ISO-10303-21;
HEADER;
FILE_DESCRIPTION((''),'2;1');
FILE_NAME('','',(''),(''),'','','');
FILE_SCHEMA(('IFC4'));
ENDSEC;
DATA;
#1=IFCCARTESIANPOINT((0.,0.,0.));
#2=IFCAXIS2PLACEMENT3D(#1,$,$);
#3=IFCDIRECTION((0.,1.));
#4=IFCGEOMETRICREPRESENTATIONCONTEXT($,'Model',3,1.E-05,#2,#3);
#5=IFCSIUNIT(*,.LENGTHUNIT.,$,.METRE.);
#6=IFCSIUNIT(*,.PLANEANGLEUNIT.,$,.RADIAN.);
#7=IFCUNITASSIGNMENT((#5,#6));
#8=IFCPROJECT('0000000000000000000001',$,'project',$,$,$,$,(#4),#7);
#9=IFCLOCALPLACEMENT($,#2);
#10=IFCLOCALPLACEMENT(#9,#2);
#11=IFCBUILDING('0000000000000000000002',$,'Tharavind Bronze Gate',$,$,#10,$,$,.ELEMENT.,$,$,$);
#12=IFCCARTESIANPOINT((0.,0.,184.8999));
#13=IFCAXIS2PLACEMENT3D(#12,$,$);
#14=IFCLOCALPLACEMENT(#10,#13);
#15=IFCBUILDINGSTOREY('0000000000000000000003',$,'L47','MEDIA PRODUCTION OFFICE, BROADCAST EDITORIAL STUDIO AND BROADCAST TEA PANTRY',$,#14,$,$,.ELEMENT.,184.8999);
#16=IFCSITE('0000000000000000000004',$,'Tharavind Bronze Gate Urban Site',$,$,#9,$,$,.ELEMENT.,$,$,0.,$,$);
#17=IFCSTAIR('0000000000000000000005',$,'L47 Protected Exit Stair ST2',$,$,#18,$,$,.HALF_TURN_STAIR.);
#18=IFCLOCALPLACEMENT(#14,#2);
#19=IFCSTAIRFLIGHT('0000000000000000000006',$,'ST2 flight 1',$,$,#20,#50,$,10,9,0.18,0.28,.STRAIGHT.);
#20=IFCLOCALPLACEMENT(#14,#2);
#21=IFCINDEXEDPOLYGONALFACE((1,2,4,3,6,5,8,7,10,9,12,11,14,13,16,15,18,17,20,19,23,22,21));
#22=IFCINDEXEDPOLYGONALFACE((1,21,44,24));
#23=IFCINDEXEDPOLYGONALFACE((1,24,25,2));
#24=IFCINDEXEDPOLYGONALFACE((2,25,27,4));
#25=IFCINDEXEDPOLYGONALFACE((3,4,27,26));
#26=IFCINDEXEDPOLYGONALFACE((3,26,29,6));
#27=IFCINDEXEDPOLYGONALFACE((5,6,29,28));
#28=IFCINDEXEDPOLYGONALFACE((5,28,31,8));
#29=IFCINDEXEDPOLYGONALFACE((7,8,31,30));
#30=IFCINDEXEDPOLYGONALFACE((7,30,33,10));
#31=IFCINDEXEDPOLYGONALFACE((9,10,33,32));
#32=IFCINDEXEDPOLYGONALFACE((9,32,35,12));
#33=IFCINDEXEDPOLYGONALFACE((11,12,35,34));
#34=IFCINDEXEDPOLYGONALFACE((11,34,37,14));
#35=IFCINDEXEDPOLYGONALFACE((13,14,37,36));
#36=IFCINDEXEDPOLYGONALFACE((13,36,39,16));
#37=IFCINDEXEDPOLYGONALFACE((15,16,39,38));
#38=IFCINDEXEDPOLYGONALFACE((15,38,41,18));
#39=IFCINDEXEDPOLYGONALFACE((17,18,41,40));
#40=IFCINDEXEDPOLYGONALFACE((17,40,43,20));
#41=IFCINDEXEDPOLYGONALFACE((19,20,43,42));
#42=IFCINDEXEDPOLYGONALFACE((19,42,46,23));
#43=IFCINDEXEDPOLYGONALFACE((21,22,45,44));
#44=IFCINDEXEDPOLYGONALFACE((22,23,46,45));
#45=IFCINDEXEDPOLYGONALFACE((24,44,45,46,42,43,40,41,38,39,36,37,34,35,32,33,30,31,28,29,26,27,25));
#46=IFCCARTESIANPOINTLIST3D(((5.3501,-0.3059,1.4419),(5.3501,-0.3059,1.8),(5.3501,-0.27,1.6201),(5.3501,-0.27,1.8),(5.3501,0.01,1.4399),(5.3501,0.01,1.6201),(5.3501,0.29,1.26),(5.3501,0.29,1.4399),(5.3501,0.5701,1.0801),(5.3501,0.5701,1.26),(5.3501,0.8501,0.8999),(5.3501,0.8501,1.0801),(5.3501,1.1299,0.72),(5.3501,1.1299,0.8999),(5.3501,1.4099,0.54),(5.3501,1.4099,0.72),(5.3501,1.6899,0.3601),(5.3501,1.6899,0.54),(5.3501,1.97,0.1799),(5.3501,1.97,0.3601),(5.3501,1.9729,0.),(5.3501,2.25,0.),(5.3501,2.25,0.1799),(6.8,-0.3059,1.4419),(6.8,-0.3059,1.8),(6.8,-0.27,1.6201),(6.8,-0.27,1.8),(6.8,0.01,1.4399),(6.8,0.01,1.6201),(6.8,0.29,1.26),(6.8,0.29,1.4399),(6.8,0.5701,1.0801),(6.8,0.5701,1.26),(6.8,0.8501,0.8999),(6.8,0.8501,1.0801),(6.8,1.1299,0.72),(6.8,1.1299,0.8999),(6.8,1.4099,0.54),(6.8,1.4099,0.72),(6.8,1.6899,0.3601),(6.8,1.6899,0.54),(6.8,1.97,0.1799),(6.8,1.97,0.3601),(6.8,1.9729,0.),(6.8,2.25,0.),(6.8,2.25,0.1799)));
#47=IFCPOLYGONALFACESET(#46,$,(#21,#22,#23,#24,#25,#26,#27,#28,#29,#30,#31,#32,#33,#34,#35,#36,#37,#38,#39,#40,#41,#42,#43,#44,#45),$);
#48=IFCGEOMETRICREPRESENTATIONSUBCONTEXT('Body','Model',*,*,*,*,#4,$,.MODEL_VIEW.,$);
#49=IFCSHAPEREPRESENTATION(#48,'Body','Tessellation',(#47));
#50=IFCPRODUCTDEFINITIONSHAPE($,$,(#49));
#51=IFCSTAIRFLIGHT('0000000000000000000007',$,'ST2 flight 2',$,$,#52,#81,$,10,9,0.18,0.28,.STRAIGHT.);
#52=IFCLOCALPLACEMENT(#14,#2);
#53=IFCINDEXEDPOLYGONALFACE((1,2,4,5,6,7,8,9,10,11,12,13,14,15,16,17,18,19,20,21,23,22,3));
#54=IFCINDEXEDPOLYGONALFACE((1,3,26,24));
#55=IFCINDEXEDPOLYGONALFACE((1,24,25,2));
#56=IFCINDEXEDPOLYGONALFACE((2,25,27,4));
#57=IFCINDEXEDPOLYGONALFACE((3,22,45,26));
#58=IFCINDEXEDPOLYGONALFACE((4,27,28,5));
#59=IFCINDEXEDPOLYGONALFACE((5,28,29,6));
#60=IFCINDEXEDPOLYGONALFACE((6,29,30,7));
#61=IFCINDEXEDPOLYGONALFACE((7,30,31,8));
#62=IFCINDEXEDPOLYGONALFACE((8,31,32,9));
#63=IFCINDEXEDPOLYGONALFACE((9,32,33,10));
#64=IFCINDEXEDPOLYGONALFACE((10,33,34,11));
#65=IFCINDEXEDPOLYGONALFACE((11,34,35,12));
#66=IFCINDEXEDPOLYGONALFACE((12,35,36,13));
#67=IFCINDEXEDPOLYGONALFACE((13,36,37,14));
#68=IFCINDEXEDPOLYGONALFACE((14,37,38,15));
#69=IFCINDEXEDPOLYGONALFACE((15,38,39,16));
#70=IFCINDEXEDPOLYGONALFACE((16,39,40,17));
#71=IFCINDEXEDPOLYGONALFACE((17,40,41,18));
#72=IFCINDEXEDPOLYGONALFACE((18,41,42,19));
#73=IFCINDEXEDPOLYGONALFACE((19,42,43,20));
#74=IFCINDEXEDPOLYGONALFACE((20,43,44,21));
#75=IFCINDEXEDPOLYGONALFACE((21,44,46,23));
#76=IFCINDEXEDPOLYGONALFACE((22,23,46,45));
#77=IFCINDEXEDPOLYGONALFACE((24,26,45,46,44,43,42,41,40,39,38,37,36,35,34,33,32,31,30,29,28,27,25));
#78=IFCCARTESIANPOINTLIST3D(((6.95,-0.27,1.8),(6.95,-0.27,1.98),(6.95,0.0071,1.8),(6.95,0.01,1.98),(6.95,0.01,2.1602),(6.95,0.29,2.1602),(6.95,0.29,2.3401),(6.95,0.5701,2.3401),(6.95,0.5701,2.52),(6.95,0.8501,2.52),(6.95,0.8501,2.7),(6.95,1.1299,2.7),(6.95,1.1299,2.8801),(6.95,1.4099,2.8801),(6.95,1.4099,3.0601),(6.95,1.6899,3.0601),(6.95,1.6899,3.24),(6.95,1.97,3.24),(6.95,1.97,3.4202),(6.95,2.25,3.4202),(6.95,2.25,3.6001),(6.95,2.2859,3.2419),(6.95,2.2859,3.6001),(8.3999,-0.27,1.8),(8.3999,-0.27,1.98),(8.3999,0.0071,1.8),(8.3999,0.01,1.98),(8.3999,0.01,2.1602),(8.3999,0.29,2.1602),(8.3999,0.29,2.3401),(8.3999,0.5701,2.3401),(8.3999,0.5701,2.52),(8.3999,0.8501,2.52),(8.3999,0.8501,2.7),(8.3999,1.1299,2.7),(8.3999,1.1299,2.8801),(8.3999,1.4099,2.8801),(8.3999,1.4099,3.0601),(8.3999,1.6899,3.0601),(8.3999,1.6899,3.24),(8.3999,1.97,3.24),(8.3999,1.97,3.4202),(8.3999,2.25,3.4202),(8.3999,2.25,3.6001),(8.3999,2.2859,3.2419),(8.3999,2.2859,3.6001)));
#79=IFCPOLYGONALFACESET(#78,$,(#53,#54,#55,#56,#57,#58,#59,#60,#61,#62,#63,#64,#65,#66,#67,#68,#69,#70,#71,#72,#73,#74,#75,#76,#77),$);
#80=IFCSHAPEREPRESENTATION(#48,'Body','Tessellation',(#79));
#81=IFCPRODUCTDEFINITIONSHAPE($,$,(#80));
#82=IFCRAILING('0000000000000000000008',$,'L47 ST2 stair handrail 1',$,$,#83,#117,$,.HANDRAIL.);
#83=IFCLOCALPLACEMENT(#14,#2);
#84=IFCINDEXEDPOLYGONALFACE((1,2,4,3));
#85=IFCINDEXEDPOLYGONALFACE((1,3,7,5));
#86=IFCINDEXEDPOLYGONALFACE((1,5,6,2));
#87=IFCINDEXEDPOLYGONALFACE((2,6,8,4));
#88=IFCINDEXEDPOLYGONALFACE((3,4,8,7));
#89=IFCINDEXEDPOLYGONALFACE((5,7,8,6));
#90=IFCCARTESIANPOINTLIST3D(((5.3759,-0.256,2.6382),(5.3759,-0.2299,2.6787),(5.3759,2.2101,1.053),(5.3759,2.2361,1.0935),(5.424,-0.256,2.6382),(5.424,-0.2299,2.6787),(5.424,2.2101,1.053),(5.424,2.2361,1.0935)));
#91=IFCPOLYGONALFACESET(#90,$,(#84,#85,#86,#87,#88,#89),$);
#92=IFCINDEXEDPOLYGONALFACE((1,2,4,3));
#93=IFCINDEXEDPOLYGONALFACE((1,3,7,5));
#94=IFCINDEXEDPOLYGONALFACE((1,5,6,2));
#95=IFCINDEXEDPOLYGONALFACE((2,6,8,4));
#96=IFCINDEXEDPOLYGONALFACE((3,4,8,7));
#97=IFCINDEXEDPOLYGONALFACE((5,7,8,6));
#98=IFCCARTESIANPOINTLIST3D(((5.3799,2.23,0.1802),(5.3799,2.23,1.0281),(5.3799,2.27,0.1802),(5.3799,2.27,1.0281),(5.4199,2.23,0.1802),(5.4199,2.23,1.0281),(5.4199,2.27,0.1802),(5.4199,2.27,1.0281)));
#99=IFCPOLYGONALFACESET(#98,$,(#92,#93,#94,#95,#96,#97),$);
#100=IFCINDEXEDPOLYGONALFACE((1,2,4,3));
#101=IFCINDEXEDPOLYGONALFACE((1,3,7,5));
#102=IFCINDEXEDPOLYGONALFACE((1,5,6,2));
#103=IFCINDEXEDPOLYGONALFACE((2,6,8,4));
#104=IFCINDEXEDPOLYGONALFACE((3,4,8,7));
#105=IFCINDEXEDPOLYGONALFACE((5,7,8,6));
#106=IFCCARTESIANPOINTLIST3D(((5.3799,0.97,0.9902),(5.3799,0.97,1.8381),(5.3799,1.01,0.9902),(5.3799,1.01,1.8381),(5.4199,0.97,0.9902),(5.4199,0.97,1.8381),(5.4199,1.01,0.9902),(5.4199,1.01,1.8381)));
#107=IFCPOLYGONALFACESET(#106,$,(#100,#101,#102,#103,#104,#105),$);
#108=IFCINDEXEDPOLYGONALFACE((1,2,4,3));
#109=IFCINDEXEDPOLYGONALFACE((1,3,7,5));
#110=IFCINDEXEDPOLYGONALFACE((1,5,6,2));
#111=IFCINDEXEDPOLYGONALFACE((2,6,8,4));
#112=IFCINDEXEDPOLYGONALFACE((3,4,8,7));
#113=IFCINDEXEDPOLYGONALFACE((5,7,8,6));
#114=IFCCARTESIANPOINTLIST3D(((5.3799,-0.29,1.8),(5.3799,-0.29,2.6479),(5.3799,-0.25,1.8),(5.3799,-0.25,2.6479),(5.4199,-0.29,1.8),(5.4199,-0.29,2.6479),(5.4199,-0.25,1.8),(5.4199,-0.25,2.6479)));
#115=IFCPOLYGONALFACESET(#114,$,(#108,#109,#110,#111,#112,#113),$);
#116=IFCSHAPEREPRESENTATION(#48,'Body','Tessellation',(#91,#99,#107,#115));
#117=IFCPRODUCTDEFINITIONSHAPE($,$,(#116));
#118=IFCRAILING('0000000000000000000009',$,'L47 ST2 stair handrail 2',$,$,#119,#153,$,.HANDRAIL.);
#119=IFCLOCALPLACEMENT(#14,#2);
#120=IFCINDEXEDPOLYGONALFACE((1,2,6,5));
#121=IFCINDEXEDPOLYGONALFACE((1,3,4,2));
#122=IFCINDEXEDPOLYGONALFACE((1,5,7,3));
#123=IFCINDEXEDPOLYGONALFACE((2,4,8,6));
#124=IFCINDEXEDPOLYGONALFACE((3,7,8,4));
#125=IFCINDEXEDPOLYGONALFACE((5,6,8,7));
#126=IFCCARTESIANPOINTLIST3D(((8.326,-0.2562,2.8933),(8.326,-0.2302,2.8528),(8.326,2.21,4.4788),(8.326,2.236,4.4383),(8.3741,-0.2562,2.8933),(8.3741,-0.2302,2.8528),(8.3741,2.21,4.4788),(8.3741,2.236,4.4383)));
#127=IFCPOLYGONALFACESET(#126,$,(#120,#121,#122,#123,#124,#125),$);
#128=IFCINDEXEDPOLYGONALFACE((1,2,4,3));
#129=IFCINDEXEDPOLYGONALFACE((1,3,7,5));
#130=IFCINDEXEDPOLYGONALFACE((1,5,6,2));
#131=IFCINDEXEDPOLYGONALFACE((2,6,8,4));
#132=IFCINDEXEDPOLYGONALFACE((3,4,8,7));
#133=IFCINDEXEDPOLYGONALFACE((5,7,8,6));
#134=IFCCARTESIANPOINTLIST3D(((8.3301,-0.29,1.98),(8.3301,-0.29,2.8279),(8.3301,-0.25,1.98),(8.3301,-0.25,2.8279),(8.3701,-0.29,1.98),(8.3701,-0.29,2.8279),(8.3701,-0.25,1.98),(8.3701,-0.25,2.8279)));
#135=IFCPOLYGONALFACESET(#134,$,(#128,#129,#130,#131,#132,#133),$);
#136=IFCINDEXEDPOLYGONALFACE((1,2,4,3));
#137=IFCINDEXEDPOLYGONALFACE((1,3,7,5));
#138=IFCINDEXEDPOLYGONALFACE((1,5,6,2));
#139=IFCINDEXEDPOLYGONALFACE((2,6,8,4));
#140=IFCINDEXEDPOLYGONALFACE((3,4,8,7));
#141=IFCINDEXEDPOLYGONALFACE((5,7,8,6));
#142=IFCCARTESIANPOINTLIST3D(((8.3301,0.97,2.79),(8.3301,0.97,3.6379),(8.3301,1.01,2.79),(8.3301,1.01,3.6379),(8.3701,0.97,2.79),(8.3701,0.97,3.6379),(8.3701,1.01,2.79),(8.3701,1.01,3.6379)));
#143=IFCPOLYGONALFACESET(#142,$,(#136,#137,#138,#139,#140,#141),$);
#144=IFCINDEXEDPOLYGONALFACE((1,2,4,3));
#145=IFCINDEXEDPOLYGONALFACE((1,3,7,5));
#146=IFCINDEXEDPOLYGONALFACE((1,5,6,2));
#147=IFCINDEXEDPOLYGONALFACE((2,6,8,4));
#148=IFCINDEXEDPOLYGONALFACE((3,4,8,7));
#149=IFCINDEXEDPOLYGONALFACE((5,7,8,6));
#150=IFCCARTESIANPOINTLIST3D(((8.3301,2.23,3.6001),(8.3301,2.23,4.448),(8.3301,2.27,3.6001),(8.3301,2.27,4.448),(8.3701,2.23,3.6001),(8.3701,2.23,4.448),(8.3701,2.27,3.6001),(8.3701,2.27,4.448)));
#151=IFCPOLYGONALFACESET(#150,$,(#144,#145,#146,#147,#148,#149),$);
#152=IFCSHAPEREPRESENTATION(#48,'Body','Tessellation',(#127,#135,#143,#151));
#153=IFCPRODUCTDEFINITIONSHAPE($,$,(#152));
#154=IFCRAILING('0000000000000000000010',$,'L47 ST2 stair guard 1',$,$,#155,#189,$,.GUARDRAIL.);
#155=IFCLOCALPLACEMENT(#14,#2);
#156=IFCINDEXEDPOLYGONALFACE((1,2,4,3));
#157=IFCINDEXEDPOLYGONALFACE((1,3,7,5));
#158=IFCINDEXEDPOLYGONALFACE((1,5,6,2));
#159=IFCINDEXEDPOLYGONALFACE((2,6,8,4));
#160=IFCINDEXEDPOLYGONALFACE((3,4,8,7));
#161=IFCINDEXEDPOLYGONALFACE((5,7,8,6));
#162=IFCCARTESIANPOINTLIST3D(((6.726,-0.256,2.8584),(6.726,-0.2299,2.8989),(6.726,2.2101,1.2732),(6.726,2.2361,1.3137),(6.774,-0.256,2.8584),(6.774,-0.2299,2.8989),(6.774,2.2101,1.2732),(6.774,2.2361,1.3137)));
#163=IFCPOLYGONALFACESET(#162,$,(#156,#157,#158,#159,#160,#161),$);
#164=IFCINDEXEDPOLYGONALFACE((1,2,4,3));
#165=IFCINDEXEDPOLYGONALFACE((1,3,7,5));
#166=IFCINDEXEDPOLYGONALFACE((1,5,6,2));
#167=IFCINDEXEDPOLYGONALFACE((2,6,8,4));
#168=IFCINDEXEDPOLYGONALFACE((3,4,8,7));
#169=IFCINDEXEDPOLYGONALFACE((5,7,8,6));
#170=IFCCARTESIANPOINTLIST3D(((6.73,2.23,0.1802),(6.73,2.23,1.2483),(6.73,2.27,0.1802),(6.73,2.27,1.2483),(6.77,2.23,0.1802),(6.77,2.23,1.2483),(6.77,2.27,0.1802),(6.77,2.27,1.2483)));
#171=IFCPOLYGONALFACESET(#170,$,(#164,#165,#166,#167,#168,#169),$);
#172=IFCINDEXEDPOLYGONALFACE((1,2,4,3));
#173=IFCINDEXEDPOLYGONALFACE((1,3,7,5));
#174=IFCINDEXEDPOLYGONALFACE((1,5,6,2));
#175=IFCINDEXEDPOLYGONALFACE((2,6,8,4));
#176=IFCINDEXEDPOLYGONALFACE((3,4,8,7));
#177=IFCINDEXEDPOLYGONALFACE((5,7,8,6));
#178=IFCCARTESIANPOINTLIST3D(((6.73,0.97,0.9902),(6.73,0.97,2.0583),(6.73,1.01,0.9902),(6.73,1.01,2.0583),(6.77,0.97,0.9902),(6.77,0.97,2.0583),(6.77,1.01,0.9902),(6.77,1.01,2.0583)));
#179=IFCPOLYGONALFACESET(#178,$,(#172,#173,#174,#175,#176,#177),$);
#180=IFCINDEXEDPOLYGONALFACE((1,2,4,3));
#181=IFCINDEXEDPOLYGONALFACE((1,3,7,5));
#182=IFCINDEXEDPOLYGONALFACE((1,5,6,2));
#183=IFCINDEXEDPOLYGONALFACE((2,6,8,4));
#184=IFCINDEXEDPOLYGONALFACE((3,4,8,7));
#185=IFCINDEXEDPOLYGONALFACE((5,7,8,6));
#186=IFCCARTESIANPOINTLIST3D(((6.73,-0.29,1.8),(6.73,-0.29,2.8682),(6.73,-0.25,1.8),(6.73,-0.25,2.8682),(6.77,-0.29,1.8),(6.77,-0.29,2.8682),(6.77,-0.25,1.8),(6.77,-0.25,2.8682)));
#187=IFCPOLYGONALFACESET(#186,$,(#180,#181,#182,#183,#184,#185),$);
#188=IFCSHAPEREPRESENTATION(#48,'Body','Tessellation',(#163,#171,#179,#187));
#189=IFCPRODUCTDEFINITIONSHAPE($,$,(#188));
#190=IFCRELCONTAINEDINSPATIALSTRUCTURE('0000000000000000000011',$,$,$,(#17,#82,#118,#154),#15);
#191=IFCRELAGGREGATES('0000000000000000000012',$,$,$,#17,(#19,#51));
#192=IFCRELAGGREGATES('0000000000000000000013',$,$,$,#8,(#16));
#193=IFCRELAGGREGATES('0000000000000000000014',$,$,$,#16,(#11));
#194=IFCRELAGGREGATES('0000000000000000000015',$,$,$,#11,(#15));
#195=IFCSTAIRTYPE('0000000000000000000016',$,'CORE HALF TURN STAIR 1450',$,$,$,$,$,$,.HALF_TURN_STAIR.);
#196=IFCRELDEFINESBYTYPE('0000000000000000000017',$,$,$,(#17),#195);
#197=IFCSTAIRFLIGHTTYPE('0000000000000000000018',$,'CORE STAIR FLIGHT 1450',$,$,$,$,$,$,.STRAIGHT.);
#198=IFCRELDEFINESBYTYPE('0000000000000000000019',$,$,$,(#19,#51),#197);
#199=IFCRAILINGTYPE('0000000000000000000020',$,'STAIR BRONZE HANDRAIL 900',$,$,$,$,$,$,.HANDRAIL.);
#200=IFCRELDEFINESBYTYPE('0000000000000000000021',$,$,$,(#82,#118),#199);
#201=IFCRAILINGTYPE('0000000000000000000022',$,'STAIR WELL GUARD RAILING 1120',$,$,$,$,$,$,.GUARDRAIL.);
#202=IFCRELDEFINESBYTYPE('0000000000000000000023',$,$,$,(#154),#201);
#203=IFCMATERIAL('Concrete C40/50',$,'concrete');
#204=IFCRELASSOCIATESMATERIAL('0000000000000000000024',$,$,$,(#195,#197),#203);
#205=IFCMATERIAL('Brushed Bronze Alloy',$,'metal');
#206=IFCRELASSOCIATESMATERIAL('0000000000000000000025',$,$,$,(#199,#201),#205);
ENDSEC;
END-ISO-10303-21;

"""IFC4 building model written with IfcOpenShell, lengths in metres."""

from ifc_helpers import new_model, si_unit, direction, frame, origin, origin_2d, place, context, subcontext, project, spatial, polyline, rectangle, outline, extrude, material, type_object, element, aggregate, save


model = new_model("IFC4")

# Units and contexts
model_context = context("Model", 3, precision=1e-05, world=origin(), true_north=direction((0.0, 1.0)))
body_context = subcontext(model_context, "Body", "Model", "MODEL_VIEW")
ifc_project = project(units=[si_unit("LENGTHUNIT", "METRE"), si_unit("PLANEANGLEUNIT", "RADIAN")], contexts=[model_context])

# Site, building, storey
site_placement = place(None, origin())
site = spatial("IfcSite", under=ifc_project, at=site_placement, Name="Tharavind Bronze Gate Urban Site", CompositionType="ELEMENT", RefElevation=0.0)
building_placement = place(site_placement, origin())
building = spatial("IfcBuilding", under=site, at=building_placement, Name="Tharavind Bronze Gate", CompositionType="ELEMENT")
storey_placement = place(building_placement, frame((0.0, 0.0, 184.8999)))
storey = spatial("IfcBuildingStorey", under=building, at=storey_placement, Name="L47", Description="MEDIA PRODUCTION OFFICE, BROADCAST EDITORIAL STUDIO AND BROADCAST TEA PANTRY", CompositionType="ELEMENT", Elevation=184.8999)

# Stair, stair flights
ifc_material_1 = material(Name="Concrete C40/50", Category="concrete")
stair_type = type_object("IfcStairType", Name="CORE HALF TURN STAIR 1450", PredefinedType="HALF_TURN_STAIR", material=ifc_material_1)
stair_placement = place(storey_placement, origin())
stair = element("IfcStair", 1, at=stair_placement, inside=storey, type_object=stair_type, Name="L47 Protected Exit Stair ST2", PredefinedType="HALF_TURN_STAIR")
stair_flight_type = type_object("IfcStairFlightType", Name="CORE STAIR FLIGHT 1450", PredefinedType="STRAIGHT", material=ifc_material_1)
stair_flight_1_placement = place(storey_placement, frame((6.075, 2.25, 0.0), z_axis=(0.0, 0.0, 1.0), x_axis=(0.0, -1.0, 0.0)))
stair_flight_1 = element("IfcStairFlight", 2, at=stair_flight_1_placement, type_object=stair_flight_type, Name="ST2 flight 1", NumberOfRisers=10, NumberOfTreads=9, PredefinedType="STRAIGHT", RiserHeight=0.18, TreadLength=0.28, context=body_context, shape_type="SweptSolid", body=[
    extrude(outline(polyline([(0.0, 0.0), (0.0, 0.1799), (0.28, 0.1799), (0.28, 0.3601), (0.5601, 0.3601), (0.5601, 0.54), (0.8401, 0.54), (0.8401, 0.72), (1.1201, 0.72), (1.1201, 0.8999), (1.3999, 0.8999), (1.3999, 1.0801), (1.6799, 1.0801), (1.6799, 1.26), (1.96, 1.26), (1.96, 1.4399), (2.24, 1.4399), (2.24, 1.6201), (2.52, 1.6201), (2.52, 1.8), (2.5559, 1.8), (2.5559, 1.4419), (0.2771, 0.0), (0.0, 0.0)])), frame((0.0, 0.7251, 0.0), z_axis=(0.0, -1.0, 0.0), x_axis=(1.0, 0.0, 0.0)), (0.0, 0.0, 1.0), 1.45),
])
stair_flight_2_placement = place(storey_placement, frame((7.675, -0.27, 1.8), z_axis=(0.0, 0.0, 1.0), x_axis=(0.0, 1.0, 0.0)))
stair_flight_2 = element("IfcStairFlight", 3, at=stair_flight_2_placement, type_object=stair_flight_type, Name="ST2 flight 2", NumberOfRisers=10, NumberOfTreads=9, PredefinedType="STRAIGHT", RiserHeight=0.18, TreadLength=0.28, context=body_context, shape_type="SweptSolid", body=[
    extrude(outline(polyline([(0.0, 0.0), (0.0, 0.1799), (0.28, 0.1799), (0.28, 0.3601), (0.5601, 0.3601), (0.5601, 0.54), (0.8401, 0.54), (0.8401, 0.72), (1.1201, 0.72), (1.1201, 0.8999), (1.3999, 0.8999), (1.3999, 1.0801), (1.6799, 1.0801), (1.6799, 1.26), (1.96, 1.26), (1.96, 1.4399), (2.24, 1.4399), (2.24, 1.6201), (2.52, 1.6201), (2.52, 1.8), (2.5559, 1.8), (2.5559, 1.4419), (0.2771, 0.0), (0.0, 0.0)])), frame((0.0, 0.7251, 0.0), z_axis=(0.0, -1.0, 0.0), x_axis=(1.0, 0.0, 0.0)), (0.0, 0.0, 1.0), 1.45),
])
aggregate(stair, [stair_flight_1, stair_flight_2])

# Railings
ifc_material_2 = material(Name="Brushed Bronze Alloy", Category="metal")
railing_type_1 = type_object("IfcRailingType", Name="STAIR BRONZE HANDRAIL 900", PredefinedType="HANDRAIL", material=ifc_material_2)
railing_1_placement = place(storey_placement, frame((5.3999, 2.25, 0.1802)))
element("IfcRailing", 4, at=railing_1_placement, inside=storey, type_object=railing_type_1, Name="L47 ST2 stair handrail 1", PredefinedType="HANDRAIL", context=body_context, shape_type="SweptSolid", body=[
    extrude(rectangle(XDim=0.0481, YDim=0.0481, at=origin_2d()), frame((0.0, -0.0269, 0.8931), z_axis=(0.0, -0.8412, 0.540725), x_axis=(1.0, 0.0, 0.0)), (0.0, 0.0, 1.0), 2.9316),
    extrude(rectangle(XDim=0.04, YDim=0.04, at=origin_2d()), origin(), (0.0, 0.0, 1.0), 0.8479),
    extrude(rectangle(XDim=0.04, YDim=0.04, at=origin_2d()), frame((0.0, -1.26, 0.8101)), (0.0, 0.0, 1.0), 0.8479),
    extrude(rectangle(XDim=0.04, YDim=0.04, at=origin_2d()), frame((0.0, -2.52, 1.6199)), (0.0, 0.0, 1.0), 0.8479),
])
railing_2_placement = place(storey_placement, frame((8.3501, -0.27, 1.98)))
element("IfcRailing", 5, at=railing_2_placement, inside=storey, type_object=railing_type_1, Name="L47 ST2 stair handrail 2", PredefinedType="HANDRAIL", context=body_context, shape_type="SweptSolid", body=[
    extrude(rectangle(XDim=0.0481, YDim=0.0481, at=origin_2d()), frame((0.0, 0.0269, 0.8931), z_axis=(0.0, 0.841163, 0.540782), x_axis=(-1.0, 0.0, 0.0)), (0.0, 0.0, 1.0), 2.9319),
    extrude(rectangle(XDim=0.04, YDim=0.04, at=origin_2d()), origin(), (0.0, 0.0, 1.0), 0.8479),
    extrude(rectangle(XDim=0.04, YDim=0.04, at=origin_2d()), frame((0.0, 1.26, 0.8101)), (0.0, 0.0, 1.0), 0.8479),
    extrude(rectangle(XDim=0.04, YDim=0.04, at=origin_2d()), frame((0.0, 2.52, 1.6201)), (0.0, 0.0, 1.0), 0.8479),
])
railing_type_2 = type_object("IfcRailingType", Name="STAIR WELL GUARD RAILING 1120", PredefinedType="GUARDRAIL", material=ifc_material_2)
railing_3_placement = place(storey_placement, frame((6.75, 2.25, 0.1802)))
element("IfcRailing", 6, at=railing_3_placement, inside=storey, type_object=railing_type_2, Name="L47 ST2 stair guard 1", PredefinedType="GUARDRAIL", context=body_context, shape_type="SweptSolid", body=[
    extrude(rectangle(XDim=0.0481, YDim=0.0481, at=origin_2d()), frame((0.0, -0.0269, 1.1133), z_axis=(0.0, -0.8412, 0.540725), x_axis=(1.0, 0.0, 0.0)), (0.0, 0.0, 1.0), 2.9316),
    extrude(rectangle(XDim=0.04, YDim=0.04, at=origin_2d()), origin(), (0.0, 0.0, 1.0), 1.0681),
    extrude(rectangle(XDim=0.04, YDim=0.04, at=origin_2d()), frame((0.0, -1.26, 0.8101)), (0.0, 0.0, 1.0), 1.0681),
    extrude(rectangle(XDim=0.04, YDim=0.04, at=origin_2d()), frame((0.0, -2.52, 1.6199)), (0.0, 0.0, 1.0), 1.0681),
])

save(model, "model.ifc")
